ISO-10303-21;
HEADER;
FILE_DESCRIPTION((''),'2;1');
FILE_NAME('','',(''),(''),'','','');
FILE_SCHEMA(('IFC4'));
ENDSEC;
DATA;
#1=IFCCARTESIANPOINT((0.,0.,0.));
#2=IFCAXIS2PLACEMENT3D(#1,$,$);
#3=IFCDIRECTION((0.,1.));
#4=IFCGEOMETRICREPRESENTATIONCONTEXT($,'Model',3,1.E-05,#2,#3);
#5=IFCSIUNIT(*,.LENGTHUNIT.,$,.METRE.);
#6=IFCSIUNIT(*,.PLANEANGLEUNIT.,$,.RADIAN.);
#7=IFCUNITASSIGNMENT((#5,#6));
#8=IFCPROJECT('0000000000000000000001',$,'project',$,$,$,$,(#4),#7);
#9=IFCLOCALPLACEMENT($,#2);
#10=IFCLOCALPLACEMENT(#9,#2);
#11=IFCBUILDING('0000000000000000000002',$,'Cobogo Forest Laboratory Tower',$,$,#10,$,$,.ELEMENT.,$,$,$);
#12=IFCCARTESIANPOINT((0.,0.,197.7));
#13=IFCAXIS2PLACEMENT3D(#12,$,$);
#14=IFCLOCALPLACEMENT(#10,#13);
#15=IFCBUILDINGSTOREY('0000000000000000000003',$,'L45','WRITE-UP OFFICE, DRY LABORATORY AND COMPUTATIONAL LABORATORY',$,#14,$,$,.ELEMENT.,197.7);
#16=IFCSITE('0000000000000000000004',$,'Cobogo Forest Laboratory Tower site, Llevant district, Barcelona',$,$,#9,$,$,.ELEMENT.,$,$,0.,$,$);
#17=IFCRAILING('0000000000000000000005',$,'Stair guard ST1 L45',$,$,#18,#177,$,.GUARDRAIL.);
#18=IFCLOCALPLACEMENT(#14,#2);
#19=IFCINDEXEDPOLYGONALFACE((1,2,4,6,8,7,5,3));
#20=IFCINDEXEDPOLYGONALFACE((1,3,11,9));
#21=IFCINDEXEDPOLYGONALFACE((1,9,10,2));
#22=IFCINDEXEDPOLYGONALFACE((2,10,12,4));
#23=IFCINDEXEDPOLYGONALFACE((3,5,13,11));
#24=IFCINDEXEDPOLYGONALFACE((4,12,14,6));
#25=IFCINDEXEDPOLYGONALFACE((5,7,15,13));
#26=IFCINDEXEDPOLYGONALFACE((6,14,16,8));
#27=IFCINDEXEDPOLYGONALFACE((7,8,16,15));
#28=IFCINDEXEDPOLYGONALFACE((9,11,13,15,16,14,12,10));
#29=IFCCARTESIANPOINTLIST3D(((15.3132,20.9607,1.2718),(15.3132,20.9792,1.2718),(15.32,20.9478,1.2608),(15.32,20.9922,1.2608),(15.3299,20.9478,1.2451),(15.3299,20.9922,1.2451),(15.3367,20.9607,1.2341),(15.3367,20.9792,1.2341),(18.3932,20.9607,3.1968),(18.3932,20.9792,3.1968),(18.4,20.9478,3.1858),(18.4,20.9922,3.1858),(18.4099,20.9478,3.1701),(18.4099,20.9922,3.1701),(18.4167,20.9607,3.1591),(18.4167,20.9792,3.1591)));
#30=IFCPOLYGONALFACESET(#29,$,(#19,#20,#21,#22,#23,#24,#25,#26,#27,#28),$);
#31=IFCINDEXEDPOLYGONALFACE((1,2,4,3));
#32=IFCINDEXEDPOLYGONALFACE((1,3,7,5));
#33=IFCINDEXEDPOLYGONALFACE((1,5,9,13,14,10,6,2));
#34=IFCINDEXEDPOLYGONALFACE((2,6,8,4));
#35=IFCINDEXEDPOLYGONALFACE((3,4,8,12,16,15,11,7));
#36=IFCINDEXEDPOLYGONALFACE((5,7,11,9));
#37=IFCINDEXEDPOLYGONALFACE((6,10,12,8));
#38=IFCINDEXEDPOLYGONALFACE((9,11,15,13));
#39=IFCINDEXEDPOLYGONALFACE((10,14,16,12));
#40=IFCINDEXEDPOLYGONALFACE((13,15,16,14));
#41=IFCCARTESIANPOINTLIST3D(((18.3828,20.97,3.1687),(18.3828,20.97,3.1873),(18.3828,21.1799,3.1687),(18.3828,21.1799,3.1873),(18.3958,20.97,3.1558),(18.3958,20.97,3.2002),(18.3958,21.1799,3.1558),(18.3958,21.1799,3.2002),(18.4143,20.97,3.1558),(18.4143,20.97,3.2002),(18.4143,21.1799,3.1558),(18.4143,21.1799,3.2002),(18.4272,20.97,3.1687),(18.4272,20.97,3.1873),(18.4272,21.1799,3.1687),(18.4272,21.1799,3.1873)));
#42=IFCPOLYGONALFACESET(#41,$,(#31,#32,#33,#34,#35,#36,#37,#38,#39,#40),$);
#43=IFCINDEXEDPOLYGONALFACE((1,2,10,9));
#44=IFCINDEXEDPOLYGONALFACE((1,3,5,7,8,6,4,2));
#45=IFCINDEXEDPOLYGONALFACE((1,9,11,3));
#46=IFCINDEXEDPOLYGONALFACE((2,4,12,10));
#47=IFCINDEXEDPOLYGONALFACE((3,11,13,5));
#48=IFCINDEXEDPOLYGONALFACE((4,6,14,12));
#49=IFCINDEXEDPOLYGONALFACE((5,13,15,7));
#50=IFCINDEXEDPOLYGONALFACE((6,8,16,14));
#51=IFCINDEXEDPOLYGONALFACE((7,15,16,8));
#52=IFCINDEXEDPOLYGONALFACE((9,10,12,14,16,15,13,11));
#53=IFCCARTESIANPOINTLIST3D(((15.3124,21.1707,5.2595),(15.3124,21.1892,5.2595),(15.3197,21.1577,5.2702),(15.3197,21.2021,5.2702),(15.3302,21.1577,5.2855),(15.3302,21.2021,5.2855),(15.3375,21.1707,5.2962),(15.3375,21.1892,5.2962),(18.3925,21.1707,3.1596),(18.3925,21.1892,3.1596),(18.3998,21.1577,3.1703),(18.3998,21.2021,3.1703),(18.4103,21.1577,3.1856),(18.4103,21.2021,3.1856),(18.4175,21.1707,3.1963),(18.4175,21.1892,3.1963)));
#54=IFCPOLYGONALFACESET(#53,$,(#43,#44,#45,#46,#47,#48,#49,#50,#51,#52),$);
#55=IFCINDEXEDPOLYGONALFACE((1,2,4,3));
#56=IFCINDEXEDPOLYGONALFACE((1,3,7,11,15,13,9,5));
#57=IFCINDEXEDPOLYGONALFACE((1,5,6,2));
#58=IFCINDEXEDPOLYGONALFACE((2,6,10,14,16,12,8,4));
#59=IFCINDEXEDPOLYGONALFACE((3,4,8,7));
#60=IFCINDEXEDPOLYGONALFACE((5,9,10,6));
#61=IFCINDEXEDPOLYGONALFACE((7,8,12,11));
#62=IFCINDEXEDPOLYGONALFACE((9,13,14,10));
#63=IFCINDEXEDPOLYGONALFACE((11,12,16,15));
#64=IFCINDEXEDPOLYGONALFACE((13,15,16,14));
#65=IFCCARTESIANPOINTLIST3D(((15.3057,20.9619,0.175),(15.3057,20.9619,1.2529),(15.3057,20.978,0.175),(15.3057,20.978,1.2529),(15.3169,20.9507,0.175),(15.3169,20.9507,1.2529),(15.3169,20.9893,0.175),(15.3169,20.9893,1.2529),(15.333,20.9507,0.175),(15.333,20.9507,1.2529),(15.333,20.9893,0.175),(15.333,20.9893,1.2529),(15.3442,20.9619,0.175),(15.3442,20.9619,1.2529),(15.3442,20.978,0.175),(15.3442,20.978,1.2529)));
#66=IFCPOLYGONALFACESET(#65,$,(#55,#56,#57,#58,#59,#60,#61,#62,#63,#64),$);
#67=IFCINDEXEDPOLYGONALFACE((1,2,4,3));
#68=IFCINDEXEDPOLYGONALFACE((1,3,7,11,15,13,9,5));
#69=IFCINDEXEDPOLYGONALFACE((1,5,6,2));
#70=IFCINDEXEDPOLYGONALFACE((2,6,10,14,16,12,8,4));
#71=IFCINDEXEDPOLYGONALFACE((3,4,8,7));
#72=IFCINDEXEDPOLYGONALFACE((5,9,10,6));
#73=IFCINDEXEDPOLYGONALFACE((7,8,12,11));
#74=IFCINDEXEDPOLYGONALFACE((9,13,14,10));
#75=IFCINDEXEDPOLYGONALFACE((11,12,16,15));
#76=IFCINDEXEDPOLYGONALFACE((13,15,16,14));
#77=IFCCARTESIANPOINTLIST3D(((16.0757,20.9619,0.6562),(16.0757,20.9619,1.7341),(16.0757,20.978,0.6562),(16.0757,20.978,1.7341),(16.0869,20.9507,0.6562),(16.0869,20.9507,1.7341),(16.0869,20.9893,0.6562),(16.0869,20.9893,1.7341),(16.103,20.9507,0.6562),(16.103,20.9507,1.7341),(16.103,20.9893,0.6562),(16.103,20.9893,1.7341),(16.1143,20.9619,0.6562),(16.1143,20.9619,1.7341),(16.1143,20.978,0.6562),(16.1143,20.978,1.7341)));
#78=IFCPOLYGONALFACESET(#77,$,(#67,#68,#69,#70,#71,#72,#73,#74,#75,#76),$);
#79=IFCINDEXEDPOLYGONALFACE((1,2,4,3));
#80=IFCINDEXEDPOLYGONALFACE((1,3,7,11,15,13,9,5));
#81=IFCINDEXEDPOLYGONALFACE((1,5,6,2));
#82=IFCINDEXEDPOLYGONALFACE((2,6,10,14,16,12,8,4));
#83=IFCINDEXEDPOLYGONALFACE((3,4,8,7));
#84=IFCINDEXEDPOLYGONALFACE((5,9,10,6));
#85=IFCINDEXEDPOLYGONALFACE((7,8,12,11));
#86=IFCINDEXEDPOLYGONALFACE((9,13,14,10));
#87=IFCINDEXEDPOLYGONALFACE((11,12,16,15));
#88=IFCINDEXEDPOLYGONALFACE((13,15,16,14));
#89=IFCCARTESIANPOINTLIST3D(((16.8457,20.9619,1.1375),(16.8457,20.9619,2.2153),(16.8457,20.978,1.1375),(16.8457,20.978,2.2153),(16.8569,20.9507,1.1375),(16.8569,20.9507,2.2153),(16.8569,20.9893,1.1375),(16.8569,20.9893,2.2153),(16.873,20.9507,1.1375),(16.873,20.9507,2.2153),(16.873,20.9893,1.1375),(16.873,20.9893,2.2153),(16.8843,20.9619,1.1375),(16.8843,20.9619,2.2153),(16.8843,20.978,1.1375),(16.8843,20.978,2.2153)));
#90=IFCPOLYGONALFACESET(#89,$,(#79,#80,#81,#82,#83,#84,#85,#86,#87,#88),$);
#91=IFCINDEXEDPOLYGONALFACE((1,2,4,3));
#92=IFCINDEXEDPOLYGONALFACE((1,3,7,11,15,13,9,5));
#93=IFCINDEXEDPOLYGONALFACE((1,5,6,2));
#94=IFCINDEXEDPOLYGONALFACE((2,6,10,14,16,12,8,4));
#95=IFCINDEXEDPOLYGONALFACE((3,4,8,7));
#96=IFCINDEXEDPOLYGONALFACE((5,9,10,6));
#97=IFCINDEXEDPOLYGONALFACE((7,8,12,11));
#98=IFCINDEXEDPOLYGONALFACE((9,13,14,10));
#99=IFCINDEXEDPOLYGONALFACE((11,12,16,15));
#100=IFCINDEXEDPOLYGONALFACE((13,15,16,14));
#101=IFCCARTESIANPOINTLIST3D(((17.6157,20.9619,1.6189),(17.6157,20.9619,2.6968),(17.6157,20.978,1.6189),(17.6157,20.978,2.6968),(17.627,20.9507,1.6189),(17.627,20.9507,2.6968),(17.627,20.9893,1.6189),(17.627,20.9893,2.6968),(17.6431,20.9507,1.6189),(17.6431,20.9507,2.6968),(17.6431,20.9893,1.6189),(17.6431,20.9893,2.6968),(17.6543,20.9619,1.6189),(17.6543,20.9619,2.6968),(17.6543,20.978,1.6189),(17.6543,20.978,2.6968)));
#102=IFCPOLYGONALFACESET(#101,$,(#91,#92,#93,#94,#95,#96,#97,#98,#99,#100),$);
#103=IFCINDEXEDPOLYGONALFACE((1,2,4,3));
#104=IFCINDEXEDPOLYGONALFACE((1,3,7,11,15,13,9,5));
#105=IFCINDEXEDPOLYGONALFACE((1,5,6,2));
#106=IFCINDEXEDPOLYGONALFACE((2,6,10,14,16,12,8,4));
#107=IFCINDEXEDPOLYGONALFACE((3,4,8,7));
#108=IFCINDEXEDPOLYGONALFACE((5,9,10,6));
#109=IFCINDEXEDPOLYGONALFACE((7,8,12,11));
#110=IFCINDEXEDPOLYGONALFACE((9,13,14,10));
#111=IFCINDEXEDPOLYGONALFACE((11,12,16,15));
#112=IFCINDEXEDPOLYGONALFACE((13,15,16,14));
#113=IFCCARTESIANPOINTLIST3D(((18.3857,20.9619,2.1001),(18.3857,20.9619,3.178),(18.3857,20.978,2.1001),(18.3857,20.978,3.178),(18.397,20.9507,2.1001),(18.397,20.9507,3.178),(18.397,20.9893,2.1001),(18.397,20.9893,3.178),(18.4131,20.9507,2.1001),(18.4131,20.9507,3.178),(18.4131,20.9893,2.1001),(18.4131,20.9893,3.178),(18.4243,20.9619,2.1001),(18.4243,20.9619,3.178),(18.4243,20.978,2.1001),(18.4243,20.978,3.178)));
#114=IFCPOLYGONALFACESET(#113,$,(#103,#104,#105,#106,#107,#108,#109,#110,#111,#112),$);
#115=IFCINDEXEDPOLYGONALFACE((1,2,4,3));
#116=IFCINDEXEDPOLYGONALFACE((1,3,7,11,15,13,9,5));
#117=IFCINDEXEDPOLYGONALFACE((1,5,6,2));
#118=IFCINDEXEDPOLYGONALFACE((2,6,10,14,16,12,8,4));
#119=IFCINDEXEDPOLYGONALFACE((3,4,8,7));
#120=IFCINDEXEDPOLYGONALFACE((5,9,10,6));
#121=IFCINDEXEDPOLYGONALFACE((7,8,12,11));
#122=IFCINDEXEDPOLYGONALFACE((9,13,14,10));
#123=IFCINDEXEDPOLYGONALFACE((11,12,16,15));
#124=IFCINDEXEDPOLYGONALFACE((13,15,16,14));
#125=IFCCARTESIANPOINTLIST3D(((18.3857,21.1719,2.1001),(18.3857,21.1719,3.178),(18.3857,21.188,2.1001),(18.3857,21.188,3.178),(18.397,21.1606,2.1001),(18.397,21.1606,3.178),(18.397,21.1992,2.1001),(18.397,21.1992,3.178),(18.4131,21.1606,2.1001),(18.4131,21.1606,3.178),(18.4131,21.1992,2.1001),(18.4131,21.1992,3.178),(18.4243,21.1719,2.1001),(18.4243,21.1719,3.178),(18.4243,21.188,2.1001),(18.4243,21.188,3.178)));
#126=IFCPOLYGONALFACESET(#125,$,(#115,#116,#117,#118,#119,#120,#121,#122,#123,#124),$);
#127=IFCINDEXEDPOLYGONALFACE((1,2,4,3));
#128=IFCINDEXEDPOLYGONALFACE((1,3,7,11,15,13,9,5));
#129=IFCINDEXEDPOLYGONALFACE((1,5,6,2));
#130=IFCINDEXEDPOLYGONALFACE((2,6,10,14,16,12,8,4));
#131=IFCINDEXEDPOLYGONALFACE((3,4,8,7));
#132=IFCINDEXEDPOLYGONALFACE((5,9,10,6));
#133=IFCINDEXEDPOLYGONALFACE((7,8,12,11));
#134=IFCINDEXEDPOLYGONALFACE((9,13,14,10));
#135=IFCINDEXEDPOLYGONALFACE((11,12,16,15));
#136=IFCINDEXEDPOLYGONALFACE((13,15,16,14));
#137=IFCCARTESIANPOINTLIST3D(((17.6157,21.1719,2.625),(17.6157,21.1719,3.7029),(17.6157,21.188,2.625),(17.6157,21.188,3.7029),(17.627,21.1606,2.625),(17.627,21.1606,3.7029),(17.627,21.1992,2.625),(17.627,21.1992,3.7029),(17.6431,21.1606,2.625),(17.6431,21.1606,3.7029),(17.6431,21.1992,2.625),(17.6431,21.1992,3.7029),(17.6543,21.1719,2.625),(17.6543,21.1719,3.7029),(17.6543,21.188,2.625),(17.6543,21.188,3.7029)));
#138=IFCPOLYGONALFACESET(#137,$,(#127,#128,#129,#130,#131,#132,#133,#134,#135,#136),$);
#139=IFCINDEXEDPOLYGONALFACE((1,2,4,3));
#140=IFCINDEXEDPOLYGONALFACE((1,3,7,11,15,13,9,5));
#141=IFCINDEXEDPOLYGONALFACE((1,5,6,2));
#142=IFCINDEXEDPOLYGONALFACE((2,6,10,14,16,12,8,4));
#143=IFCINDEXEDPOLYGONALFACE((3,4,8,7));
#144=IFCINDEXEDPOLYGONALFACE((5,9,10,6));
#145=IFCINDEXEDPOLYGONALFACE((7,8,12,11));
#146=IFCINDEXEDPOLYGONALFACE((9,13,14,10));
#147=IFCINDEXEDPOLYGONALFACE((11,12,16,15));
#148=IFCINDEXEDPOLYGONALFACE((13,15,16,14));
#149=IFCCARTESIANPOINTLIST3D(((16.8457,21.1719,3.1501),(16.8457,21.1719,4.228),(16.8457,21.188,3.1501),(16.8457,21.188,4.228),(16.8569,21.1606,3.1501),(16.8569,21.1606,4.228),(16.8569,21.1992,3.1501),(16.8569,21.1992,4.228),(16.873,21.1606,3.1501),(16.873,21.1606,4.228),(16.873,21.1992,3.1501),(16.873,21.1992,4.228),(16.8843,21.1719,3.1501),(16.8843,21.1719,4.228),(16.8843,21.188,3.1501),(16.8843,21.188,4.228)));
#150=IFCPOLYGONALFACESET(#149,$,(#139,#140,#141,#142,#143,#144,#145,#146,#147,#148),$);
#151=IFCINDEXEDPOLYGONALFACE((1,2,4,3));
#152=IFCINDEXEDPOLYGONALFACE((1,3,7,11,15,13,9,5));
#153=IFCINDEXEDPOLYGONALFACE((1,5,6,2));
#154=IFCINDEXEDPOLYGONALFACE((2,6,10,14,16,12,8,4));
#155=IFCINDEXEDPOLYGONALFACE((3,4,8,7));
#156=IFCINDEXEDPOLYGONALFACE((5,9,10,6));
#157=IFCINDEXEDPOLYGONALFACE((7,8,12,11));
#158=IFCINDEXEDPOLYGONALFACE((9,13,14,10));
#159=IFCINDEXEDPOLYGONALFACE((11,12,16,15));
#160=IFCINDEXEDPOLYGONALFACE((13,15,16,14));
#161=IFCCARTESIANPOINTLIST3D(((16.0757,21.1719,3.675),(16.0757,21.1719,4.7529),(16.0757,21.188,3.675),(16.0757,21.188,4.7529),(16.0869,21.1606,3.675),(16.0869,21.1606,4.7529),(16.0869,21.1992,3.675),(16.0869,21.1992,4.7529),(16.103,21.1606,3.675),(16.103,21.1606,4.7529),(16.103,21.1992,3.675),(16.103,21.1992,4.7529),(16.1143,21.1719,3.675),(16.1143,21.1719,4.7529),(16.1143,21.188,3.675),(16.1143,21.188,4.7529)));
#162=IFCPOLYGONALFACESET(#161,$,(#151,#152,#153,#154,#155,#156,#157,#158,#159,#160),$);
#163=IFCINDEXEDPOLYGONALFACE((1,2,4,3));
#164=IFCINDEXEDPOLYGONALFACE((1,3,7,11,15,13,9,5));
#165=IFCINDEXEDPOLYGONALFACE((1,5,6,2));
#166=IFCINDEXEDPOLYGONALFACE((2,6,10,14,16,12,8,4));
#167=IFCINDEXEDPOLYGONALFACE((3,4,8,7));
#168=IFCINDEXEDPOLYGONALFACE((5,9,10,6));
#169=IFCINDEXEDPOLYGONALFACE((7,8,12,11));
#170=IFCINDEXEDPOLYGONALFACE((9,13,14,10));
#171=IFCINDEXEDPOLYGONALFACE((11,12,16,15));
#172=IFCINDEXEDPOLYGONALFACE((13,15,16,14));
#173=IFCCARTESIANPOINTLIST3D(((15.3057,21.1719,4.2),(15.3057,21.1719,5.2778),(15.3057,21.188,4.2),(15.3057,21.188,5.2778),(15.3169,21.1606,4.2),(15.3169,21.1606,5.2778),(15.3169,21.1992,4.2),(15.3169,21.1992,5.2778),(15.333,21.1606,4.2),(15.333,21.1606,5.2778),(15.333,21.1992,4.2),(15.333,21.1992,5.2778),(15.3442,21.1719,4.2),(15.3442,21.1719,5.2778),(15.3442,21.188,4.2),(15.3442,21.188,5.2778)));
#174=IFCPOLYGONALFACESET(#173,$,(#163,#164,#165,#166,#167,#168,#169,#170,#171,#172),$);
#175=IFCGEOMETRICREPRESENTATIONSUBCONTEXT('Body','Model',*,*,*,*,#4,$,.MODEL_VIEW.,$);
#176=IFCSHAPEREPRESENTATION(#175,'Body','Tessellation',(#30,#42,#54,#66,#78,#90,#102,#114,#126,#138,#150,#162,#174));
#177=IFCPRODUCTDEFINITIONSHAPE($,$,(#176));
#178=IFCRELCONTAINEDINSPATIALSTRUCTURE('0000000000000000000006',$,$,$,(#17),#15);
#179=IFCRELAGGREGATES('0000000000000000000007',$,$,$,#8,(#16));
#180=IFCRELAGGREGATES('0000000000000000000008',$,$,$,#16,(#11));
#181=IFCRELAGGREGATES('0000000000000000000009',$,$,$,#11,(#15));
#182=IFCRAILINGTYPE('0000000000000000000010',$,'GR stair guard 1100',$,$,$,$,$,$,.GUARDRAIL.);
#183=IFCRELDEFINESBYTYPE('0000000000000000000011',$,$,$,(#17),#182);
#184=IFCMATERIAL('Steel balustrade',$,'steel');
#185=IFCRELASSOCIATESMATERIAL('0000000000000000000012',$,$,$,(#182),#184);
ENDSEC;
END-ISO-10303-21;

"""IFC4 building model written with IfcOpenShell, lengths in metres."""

from ifc_helpers import new_model, si_unit, direction, frame, origin, place, context, subcontext, project, spatial, polyline, outline, extrude, material, type_object, element, save


model = new_model("IFC4")

# Units and contexts
model_context = context("Model", 3, precision=1e-05, world=origin(), true_north=direction((0.0, 1.0)))
body_context = subcontext(model_context, "Body", "Model", "MODEL_VIEW")
ifc_project = project(units=[si_unit("LENGTHUNIT", "METRE"), si_unit("PLANEANGLEUNIT", "RADIAN")], contexts=[model_context])

# Site, building, storey
site_placement = place(None, origin())
site = spatial("IfcSite", under=ifc_project, at=site_placement, Name="Cobogo Forest Laboratory Tower site, Llevant district, Barcelona", CompositionType="ELEMENT", RefElevation=0.0)
building_placement = place(site_placement, origin())
building = spatial("IfcBuilding", under=site, at=building_placement, Name="Cobogo Forest Laboratory Tower", CompositionType="ELEMENT")
storey_placement = place(building_placement, frame((0.0, 0.0, 197.7)))
storey = spatial("IfcBuildingStorey", under=building, at=storey_placement, Name="L45", Description="WRITE-UP OFFICE, DRY LABORATORY AND COMPUTATIONAL LABORATORY", CompositionType="ELEMENT", Elevation=197.7)

# Railing
ifc_material_1 = material(Name="Steel balustrade", Category="steel")
railing_type_1 = type_object("IfcRailingType", Name="GR stair guard 1100", PredefinedType="GUARDRAIL", material=ifc_material_1)
railing_1_placement = place(storey_placement, frame((15.325, 20.97, 0.175)))
element("IfcRailing", 1, at=railing_1_placement, inside=storey, type_object=railing_type_1, Name="Stair guard ST1 L45", PredefinedType="GUARDRAIL", context=body_context, shape_type="SweptSolid", body=[
    extrude(outline(polyline([(0.0222, 0.0093), (0.0093, 0.0222), (-0.0093, 0.0222), (-0.0222, 0.0093), (-0.0222, -0.0093), (-0.0093, -0.0222), (0.0093, -0.0222), (0.0222, -0.0093), (0.0222, 0.0093)])), frame((0.0, 0.0, 1.0779), z_axis=(0.847998, 0.0, 0.529999), x_axis=(0.0, 1.0, 0.0)), (0.0, 0.0, 1.0), 3.6321),
    extrude(outline(polyline([(0.0222, 0.0093), (0.0093, 0.0222), (-0.0093, 0.0222), (-0.0222, 0.0093), (-0.0222, -0.0093), (-0.0093, -0.0222), (0.0093, -0.0222), (0.0222, -0.0093), (0.0222, 0.0093)])), frame((3.0801, 0.0, 3.0029), z_axis=(0.0, 1.0, 0.0), x_axis=(-1.0, 0.0, 0.0)), (0.0, 0.0, 1.0), 0.21),
    extrude(outline(polyline([(0.0222, 0.0093), (0.0093, 0.0222), (-0.0093, 0.0222), (-0.0222, 0.0093), (-0.0222, -0.0093), (-0.0093, -0.0222), (0.0093, -0.0222), (0.0222, -0.0093), (0.0222, 0.0093)])), frame((3.0801, 0.21, 3.0029), z_axis=(-0.826252, 0.0, 0.5633), x_axis=(0.0, -1.0, 0.0)), (0.0, 0.0, 1.0), 3.7278),
    extrude(outline(polyline([(0.0193, 0.0081), (0.0081, 0.0193), (-0.0081, 0.0193), (-0.0193, 0.0081), (-0.0193, -0.0081), (-0.0081, -0.0193), (0.0081, -0.0193), (0.0193, -0.0081), (0.0193, 0.0081)])), origin(), (0.0, 0.0, 1.0), 1.0779),
    extrude(outline(polyline([(0.0193, 0.0081), (0.0081, 0.0193), (-0.0081, 0.0193), (-0.0193, 0.0081), (-0.0193, -0.0081), (-0.0081, -0.0193), (0.0081, -0.0193), (0.0193, -0.0081), (0.0193, 0.0081)])), frame((0.77, 0.0, 0.4812)), (0.0, 0.0, 1.0), 1.0779),
    extrude(outline(polyline([(0.0193, 0.0081), (0.0081, 0.0193), (-0.0081, 0.0193), (-0.0193, 0.0081), (-0.0193, -0.0081), (-0.0081, -0.0193), (0.0081, -0.0193), (0.0193, -0.0081), (0.0193, 0.0081)])), frame((1.54, 0.0, 0.9624)), (0.0, 0.0, 1.0), 1.0779),
    extrude(outline(polyline([(0.0193, 0.0081), (0.0081, 0.0193), (-0.0081, 0.0193), (-0.0193, 0.0081), (-0.0193, -0.0081), (-0.0081, -0.0193), (0.0081, -0.0193), (0.0193, -0.0081), (0.0193, 0.0081)])), frame((2.3101, 0.0, 1.4438)), (0.0, 0.0, 1.0), 1.0779),
    extrude(outline(polyline([(0.0193, 0.0081), (0.0081, 0.0193), (-0.0081, 0.0193), (-0.0193, 0.0081), (-0.0193, -0.0081), (-0.0081, -0.0193), (0.0081, -0.0193), (0.0193, -0.0081), (0.0193, 0.0081)])), frame((3.0801, 0.0, 1.925)), (0.0, 0.0, 1.0), 1.0779),
    extrude(outline(polyline([(0.0193, 0.0081), (0.0081, 0.0193), (-0.0081, 0.0193), (-0.0193, 0.0081), (-0.0193, -0.0081), (-0.0081, -0.0193), (0.0081, -0.0193), (0.0193, -0.0081), (0.0193, 0.0081)])), frame((3.0801, 0.21, 1.925)), (0.0, 0.0, 1.0), 1.0779),
    extrude(outline(polyline([(0.0193, 0.0081), (0.0081, 0.0193), (-0.0081, 0.0193), (-0.0193, 0.0081), (-0.0193, -0.0081), (-0.0081, -0.0193), (0.0081, -0.0193), (0.0193, -0.0081), (0.0193, 0.0081)])), frame((2.3101, 0.21, 2.45)), (0.0, 0.0, 1.0), 1.0779),
    extrude(outline(polyline([(0.0193, 0.0081), (0.0081, 0.0193), (-0.0081, 0.0193), (-0.0193, 0.0081), (-0.0193, -0.0081), (-0.0081, -0.0193), (0.0081, -0.0193), (0.0193, -0.0081), (0.0193, 0.0081)])), frame((1.54, 0.21, 2.9751)), (0.0, 0.0, 1.0), 1.0779),
    extrude(outline(polyline([(0.0193, 0.0081), (0.0081, 0.0193), (-0.0081, 0.0193), (-0.0193, 0.0081), (-0.0193, -0.0081), (-0.0081, -0.0193), (0.0081, -0.0193), (0.0193, -0.0081), (0.0193, 0.0081)])), frame((0.77, 0.21, 3.5)), (0.0, 0.0, 1.0), 1.0779),
    extrude(outline(polyline([(0.0193, 0.0081), (0.0081, 0.0193), (-0.0081, 0.0193), (-0.0193, 0.0081), (-0.0193, -0.0081), (-0.0081, -0.0193), (0.0081, -0.0193), (0.0193, -0.0081), (0.0193, 0.0081)])), frame((0.0, 0.21, 4.0249)), (0.0, 0.0, 1.0), 1.0779),
])

save(model, "model.ifc")
